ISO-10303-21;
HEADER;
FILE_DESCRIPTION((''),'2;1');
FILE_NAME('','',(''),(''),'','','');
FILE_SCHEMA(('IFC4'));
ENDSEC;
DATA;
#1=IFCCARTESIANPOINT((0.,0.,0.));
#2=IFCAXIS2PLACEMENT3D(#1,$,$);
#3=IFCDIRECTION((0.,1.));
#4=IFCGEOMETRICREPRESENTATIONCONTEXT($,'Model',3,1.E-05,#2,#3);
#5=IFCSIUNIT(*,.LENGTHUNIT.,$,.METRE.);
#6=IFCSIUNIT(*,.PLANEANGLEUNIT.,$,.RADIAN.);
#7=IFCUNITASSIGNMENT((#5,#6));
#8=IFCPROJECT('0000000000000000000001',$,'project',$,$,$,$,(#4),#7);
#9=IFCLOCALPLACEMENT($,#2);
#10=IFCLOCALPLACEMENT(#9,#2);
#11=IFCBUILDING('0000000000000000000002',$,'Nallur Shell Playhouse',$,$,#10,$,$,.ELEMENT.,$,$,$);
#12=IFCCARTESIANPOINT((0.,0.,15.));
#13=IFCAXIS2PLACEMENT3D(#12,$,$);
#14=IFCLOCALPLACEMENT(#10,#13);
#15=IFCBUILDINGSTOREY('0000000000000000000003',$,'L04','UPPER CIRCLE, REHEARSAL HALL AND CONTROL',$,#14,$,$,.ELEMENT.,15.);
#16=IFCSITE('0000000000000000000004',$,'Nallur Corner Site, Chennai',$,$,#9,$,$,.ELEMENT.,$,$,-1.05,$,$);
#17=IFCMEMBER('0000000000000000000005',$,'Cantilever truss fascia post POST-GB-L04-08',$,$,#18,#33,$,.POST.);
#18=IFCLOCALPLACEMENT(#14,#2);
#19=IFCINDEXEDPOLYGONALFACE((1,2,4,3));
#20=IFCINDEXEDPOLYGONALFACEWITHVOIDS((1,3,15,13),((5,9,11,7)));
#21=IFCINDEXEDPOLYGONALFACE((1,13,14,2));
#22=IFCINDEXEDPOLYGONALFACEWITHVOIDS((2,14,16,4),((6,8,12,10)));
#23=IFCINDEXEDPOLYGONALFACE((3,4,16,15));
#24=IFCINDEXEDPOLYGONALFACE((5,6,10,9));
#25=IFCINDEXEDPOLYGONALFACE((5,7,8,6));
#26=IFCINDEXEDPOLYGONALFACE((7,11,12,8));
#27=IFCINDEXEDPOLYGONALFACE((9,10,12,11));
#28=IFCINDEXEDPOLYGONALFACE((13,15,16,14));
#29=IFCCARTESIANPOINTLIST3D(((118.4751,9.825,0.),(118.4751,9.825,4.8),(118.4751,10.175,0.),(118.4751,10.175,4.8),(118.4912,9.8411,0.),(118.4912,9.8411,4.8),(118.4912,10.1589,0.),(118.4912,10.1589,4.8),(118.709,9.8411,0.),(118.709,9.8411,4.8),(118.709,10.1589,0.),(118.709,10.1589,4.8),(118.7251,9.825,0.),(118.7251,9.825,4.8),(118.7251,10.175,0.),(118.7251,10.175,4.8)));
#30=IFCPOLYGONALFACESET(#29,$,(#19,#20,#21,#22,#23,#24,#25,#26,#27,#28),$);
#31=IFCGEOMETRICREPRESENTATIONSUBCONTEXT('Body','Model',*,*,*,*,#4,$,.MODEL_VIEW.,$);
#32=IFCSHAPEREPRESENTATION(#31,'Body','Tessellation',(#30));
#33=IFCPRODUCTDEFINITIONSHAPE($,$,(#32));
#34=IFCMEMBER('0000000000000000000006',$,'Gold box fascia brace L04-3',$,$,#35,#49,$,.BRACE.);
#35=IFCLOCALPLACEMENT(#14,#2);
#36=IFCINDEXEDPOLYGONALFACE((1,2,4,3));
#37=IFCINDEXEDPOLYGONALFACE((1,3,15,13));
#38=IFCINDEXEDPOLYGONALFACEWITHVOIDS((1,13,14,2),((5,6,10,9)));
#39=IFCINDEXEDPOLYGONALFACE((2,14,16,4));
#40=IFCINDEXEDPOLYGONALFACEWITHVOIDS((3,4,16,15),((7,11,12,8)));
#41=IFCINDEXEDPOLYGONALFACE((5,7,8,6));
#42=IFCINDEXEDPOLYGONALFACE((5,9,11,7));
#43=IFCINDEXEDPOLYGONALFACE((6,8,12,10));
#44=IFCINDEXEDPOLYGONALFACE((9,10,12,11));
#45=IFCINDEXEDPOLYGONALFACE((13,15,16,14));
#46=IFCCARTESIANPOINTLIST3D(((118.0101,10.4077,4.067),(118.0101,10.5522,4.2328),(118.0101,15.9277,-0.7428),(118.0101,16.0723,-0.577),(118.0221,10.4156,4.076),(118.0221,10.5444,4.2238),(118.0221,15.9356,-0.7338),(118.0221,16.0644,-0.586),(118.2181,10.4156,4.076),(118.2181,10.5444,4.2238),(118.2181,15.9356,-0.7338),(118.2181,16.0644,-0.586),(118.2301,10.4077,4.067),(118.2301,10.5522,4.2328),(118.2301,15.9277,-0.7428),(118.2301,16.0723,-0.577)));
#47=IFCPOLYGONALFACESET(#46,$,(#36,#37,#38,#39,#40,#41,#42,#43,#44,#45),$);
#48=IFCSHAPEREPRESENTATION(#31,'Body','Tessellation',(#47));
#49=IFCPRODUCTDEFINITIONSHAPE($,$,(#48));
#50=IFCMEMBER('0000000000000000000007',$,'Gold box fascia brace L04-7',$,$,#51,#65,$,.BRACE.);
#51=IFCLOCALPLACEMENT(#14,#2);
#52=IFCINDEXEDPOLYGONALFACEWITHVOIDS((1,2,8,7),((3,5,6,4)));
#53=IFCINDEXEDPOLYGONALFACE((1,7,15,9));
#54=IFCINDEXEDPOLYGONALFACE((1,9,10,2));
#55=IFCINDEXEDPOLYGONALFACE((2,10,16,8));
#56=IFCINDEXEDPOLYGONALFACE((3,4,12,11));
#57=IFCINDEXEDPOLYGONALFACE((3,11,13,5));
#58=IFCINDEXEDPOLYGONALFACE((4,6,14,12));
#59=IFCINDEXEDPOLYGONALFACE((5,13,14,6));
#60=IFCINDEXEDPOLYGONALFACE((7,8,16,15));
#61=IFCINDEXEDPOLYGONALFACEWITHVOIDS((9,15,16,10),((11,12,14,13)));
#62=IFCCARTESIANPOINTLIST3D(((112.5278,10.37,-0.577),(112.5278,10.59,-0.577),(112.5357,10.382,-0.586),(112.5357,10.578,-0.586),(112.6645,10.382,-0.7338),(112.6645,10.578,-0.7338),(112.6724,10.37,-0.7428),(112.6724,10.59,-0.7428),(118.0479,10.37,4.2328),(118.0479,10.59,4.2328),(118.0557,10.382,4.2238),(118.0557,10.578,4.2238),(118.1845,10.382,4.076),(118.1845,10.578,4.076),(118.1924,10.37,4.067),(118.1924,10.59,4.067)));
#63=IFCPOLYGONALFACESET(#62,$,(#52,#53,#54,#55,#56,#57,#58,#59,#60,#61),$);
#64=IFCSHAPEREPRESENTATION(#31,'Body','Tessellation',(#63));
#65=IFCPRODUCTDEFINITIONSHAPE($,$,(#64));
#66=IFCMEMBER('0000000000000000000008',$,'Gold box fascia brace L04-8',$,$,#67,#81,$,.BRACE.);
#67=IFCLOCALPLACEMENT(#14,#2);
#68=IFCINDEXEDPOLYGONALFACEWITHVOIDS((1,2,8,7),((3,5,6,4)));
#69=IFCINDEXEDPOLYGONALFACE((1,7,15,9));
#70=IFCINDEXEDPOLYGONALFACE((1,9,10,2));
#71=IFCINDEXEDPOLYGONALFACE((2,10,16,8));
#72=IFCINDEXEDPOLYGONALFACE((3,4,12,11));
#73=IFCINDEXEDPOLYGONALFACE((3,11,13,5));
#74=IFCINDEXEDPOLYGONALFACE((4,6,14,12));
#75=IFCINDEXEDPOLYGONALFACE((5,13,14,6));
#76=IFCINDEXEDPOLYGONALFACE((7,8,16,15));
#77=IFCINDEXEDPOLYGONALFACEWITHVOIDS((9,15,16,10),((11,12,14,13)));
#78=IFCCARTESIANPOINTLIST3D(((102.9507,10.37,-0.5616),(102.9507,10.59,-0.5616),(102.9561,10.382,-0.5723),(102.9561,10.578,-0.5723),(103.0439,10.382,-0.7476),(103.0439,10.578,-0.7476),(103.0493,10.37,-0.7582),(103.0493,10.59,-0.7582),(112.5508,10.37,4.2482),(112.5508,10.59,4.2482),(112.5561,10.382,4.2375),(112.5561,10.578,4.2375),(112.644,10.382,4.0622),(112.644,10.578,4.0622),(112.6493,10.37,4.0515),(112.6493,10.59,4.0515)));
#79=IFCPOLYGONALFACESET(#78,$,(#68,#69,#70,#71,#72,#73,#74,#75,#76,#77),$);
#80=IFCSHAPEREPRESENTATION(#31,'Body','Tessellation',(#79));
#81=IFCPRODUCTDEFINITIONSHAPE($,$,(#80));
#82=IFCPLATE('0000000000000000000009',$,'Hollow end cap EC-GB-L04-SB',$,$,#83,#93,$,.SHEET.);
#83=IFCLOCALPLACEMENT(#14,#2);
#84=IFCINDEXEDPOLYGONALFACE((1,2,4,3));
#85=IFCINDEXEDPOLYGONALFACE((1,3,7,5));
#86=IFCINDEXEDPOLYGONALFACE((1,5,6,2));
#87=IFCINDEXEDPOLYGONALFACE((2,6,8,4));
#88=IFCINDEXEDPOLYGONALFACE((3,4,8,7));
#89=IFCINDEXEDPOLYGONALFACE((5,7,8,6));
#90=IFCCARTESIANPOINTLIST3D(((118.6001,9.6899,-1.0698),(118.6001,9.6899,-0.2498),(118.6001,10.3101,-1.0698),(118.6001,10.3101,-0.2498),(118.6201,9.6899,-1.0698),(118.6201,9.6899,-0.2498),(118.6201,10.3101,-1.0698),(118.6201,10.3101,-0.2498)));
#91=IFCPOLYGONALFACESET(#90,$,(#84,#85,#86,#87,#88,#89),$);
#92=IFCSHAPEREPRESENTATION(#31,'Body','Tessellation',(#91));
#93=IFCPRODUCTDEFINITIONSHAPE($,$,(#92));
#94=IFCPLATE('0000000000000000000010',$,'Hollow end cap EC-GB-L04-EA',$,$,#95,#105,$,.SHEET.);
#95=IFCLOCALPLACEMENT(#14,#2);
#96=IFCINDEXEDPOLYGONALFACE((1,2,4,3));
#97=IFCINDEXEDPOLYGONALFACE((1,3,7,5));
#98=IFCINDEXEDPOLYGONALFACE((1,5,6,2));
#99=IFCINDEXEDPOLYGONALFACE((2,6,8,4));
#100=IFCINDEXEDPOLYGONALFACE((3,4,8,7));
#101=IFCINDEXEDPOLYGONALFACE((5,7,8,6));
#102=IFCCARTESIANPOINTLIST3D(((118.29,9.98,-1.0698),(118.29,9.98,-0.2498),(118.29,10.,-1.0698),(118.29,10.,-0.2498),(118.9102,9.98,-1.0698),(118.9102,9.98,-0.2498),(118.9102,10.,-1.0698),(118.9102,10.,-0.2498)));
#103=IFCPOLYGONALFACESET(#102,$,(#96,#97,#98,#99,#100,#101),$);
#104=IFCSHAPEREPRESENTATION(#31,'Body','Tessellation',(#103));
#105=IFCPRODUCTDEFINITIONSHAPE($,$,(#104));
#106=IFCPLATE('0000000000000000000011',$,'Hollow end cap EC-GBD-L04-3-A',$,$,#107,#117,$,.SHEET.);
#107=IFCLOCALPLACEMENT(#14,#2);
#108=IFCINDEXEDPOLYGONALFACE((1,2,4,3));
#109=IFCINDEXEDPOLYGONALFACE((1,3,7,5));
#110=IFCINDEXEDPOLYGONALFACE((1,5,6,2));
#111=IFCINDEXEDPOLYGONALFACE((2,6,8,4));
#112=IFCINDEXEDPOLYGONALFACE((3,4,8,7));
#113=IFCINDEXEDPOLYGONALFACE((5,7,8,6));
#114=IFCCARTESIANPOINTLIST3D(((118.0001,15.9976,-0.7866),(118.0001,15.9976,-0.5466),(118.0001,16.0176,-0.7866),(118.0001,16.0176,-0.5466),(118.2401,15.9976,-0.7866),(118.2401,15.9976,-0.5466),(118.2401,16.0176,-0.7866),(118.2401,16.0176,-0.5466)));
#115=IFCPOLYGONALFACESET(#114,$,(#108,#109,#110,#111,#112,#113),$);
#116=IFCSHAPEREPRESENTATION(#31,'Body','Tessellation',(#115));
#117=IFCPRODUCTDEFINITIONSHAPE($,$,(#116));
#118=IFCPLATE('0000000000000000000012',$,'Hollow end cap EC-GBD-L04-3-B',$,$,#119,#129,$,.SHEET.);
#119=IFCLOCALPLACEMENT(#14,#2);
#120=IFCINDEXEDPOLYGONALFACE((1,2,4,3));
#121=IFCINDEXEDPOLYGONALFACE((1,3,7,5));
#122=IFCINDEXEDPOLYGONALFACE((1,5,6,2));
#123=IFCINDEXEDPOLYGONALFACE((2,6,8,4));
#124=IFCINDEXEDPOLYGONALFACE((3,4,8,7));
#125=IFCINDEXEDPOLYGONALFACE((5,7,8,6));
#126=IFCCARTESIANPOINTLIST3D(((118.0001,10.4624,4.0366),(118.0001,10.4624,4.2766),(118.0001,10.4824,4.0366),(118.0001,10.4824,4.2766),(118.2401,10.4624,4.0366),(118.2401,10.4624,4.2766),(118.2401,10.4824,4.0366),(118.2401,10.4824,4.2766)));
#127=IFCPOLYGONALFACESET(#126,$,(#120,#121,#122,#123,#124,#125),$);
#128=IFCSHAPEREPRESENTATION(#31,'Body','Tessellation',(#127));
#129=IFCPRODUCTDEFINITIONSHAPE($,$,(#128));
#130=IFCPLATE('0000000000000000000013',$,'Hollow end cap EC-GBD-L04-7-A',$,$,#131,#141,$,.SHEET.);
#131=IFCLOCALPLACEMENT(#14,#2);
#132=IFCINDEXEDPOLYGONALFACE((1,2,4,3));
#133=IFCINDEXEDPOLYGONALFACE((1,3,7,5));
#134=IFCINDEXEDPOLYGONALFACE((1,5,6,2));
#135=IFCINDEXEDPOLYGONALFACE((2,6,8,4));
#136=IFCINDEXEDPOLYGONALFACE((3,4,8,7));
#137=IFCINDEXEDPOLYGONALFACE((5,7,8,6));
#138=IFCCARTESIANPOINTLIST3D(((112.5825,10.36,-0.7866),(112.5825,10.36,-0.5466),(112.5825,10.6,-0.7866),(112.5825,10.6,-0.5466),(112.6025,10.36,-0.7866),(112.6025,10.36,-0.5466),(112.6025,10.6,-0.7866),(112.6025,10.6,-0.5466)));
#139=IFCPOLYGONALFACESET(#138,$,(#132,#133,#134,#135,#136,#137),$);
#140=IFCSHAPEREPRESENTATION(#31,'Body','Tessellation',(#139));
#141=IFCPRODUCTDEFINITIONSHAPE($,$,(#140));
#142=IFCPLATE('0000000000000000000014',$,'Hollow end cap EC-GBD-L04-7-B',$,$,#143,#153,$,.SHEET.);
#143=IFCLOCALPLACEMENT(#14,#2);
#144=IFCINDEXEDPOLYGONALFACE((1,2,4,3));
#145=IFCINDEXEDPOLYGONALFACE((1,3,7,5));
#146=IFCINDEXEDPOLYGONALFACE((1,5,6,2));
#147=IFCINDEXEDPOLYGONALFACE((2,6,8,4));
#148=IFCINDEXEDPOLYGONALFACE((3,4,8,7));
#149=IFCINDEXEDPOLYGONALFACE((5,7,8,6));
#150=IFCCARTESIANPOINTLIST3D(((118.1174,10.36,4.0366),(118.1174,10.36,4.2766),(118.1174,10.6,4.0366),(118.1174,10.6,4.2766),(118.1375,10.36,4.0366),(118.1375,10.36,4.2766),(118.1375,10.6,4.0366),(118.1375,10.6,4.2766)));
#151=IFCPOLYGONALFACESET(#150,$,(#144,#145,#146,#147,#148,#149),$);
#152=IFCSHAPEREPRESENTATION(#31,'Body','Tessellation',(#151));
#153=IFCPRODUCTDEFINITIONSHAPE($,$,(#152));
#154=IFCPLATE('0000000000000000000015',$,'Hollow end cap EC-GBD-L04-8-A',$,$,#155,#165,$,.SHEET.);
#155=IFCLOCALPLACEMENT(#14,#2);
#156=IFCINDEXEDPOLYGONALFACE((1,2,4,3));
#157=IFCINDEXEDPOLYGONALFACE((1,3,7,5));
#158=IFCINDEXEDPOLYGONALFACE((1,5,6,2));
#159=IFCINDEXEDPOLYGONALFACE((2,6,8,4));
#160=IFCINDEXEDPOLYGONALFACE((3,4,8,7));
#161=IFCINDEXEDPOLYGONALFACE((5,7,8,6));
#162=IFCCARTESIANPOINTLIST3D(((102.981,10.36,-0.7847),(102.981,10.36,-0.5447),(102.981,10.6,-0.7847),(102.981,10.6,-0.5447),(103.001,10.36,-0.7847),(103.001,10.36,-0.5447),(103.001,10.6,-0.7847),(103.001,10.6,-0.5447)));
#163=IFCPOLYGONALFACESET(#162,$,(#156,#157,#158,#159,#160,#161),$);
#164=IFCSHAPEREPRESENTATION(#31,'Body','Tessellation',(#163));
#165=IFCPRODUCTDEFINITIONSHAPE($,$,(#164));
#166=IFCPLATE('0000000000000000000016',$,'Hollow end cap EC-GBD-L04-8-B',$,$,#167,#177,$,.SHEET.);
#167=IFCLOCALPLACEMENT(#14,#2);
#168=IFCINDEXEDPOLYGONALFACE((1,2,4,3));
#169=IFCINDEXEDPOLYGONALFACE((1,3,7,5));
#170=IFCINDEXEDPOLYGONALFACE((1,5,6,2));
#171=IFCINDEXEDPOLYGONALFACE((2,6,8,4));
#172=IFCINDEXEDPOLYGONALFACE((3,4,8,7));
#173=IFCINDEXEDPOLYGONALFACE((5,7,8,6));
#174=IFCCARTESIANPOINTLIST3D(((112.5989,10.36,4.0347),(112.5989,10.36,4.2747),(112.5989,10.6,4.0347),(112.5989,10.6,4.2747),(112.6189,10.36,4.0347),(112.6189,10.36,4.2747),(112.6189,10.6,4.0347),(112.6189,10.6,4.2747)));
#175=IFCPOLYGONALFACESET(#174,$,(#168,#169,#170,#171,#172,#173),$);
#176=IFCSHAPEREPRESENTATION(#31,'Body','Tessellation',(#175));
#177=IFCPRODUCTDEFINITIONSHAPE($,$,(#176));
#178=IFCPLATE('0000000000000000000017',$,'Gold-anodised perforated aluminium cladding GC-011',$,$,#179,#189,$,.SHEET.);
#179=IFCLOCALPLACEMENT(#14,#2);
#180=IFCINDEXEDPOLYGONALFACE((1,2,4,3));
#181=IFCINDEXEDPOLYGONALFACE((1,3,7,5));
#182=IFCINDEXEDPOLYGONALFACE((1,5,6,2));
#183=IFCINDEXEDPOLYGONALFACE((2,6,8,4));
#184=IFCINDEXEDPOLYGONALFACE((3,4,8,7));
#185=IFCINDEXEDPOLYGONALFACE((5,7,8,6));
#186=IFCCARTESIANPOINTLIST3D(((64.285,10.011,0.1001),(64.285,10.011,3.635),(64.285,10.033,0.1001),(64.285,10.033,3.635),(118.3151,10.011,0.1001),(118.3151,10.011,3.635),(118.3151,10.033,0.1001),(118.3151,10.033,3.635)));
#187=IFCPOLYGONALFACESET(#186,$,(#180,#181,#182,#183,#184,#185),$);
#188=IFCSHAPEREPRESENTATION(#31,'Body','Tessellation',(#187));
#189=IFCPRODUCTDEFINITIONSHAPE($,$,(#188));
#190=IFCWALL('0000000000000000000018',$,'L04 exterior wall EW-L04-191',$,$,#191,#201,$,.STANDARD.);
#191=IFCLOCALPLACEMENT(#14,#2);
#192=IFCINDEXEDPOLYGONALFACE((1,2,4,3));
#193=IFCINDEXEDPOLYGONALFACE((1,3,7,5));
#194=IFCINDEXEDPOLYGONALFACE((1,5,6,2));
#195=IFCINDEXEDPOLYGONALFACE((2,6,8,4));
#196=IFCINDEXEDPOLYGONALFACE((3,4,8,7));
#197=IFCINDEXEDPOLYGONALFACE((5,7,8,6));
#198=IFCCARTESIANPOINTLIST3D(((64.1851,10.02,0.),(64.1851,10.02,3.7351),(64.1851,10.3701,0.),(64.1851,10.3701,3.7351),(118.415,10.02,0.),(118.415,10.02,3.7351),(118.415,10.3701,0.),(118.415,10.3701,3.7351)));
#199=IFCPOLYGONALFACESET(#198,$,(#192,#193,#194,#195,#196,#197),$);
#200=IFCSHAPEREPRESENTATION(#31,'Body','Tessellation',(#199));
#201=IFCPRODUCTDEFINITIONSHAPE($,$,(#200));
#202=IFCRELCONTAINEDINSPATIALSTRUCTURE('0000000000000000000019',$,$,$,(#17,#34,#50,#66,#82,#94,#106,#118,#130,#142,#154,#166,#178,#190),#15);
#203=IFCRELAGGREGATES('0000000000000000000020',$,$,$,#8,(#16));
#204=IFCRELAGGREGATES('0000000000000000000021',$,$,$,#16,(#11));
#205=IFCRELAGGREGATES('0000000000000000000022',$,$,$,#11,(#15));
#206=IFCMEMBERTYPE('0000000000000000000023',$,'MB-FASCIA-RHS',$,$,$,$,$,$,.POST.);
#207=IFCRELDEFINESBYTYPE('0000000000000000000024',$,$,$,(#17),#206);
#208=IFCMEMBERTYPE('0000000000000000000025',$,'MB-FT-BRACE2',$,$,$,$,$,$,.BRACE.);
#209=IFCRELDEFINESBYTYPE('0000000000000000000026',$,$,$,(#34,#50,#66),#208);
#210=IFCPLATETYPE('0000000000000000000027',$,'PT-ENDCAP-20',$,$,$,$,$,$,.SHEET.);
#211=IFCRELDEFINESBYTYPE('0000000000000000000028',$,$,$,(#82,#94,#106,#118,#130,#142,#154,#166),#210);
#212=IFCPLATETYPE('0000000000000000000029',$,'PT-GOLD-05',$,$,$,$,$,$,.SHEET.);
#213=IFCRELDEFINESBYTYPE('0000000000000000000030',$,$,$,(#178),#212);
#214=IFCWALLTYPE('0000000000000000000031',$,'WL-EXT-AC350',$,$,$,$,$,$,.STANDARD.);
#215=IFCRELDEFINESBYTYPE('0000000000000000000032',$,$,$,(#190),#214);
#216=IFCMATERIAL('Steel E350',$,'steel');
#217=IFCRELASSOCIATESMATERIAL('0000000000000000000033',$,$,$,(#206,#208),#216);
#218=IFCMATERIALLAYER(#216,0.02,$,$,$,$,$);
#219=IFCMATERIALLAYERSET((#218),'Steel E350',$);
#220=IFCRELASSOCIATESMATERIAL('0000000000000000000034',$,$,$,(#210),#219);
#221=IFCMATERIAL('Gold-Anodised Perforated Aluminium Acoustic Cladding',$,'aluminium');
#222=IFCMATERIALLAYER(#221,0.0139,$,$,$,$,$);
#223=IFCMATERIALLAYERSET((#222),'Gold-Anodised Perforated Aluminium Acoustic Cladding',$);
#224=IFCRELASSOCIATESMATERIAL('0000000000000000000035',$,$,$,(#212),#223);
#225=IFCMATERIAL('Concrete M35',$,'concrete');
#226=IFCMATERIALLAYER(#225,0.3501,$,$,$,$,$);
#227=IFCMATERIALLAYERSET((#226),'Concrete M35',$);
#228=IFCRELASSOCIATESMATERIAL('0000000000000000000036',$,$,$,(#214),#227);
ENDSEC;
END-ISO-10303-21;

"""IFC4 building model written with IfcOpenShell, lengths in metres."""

from ifc_helpers import new_model, si_unit, direction, frame, frame_2d, origin, origin_2d, place, context, subcontext, project, spatial, rectangle, hollow_rectangle, extrude, material, layer, layer_set, material_profile, profile_set, type_object, element, save


model = new_model("IFC4")

# Units and contexts
model_context = context("Model", 3, precision=1e-05, world=origin(), true_north=direction((0.0, 1.0)))
body_context = subcontext(model_context, "Body", "Model", "MODEL_VIEW")
ifc_project = project(units=[si_unit("LENGTHUNIT", "METRE"), si_unit("PLANEANGLEUNIT", "RADIAN")], contexts=[model_context])

# Site, building, storey
site_placement = place(None, origin())
site = spatial("IfcSite", under=ifc_project, at=site_placement, Name="Nallur Corner Site, Chennai", CompositionType="ELEMENT", RefElevation=-1.05)
building_placement = place(site_placement, origin())
building = spatial("IfcBuilding", under=site, at=building_placement, Name="Nallur Shell Playhouse", CompositionType="ELEMENT")
storey_placement = place(building_placement, frame((0.0, 0.0, 15.0)))
storey = spatial("IfcBuildingStorey", under=building, at=storey_placement, Name="L04", Description="UPPER CIRCLE, REHEARSAL HALL AND CONTROL", CompositionType="ELEMENT", Elevation=15.0)

# Shared definitions
ifc_material_1 = material(Name="Concrete M35", Category="concrete")
ifc_material_2 = material(Name="Steel E350", Category="steel")

# Members
ifc_material_profile_1 = material_profile(ifc_material_2, hollow_rectangle(XDim=0.25, YDim=0.3501, WallThickness=0.0161, at=origin_2d()), Name="RHS 350x250x16")
ifc_profile_set_1 = profile_set([ifc_material_profile_1], Name="Steel E350")
member_type_1 = type_object("IfcMemberType", Name="MB-FASCIA-RHS", PredefinedType="POST", material=ifc_profile_set_1)
member_1_placement = place(storey_placement, frame((118.6001, 10.0, 0.0), z_axis=(0.0, 0.0, 1.0), x_axis=(1.0, 0.0, 0.0)))
element("IfcMember", 1, at=member_1_placement, inside=storey, type_object=member_type_1, Name="Cantilever truss fascia post POST-GB-L04-08", PredefinedType="POST", context=body_context, shape_type="SweptSolid", body=[
    extrude(hollow_rectangle(XDim=0.25, YDim=0.3501, WallThickness=0.0161, at=origin_2d()), origin(), (0.0, 0.0, 1.0), 4.8),
])
ifc_material_profile_2 = material_profile(ifc_material_2, hollow_rectangle(XDim=0.22, YDim=0.22, WallThickness=0.012, at=origin_2d()), Name="SHS 220x220x12")
ifc_profile_set_2 = profile_set([ifc_material_profile_2], Name="Steel E350")
member_type_2 = type_object("IfcMemberType", Name="MB-FT-BRACE2", PredefinedType="BRACE", material=ifc_profile_set_2)
for number, where, z_axis, x_axis, name in (
    (2, (118.1201, 16.0, -0.6599), (0.0, -0.753943, 0.65694), (1.0, 0.0, 0.0), "Gold box fascia brace L04-3"),
    (3, (112.6001, 10.48, -0.6599), (0.753943, 0.0, 0.65694), (0.0, 1.0, 0.0), "Gold box fascia brace L04-7"),
):
    element("IfcMember", number, at=place(storey_placement, frame(where, z_axis=z_axis, x_axis=x_axis)), inside=storey, type_object=member_type_2, Name=name, PredefinedType="BRACE", context=body_context, shape_type="SweptSolid", body=[
        extrude(hollow_rectangle(XDim=0.22, YDim=0.22, WallThickness=0.012, at=origin_2d()), origin(), (0.0, 0.0, 1.0), 7.3215),
    ])
member_2_placement = place(storey_placement, frame((103.0, 10.48, -0.6599), z_axis=(0.894063, 0.0, 0.447941), x_axis=(0.0, 1.0, 0.0)))
element("IfcMember", 4, at=member_2_placement, inside=storey, type_object=member_type_2, Name="Gold box fascia brace L04-8", PredefinedType="BRACE", context=body_context, shape_type="SweptSolid", body=[
    extrude(hollow_rectangle(XDim=0.22, YDim=0.22, WallThickness=0.012, at=origin_2d()), origin(), (0.0, 0.0, 1.0), 10.7375),
])

# Plates
ifc_layer_1 = layer(ifc_material_2, 0.02)
ifc_layer_set_1 = layer_set([ifc_layer_1], Name="Steel E350")
plate_type_1 = type_object("IfcPlateType", Name="PT-ENDCAP-20", PredefinedType="SHEET", material=ifc_layer_set_1)
plate_1_placement = place(storey_placement, frame((118.6101, 10.0, -1.0698), z_axis=(0.0, 0.0, 1.0), x_axis=(1.0, 0.0, 0.0)))
element("IfcPlate", 5, at=plate_1_placement, inside=storey, type_object=plate_type_1, Name="Hollow end cap EC-GB-L04-SB", PredefinedType="SHEET", context=body_context, shape_type="SweptSolid", body=[
    extrude(rectangle(XDim=0.02, YDim=0.6201, at=origin_2d()), origin(), (0.0, 0.0, 1.0), 0.8201),
])
plate_2_placement = place(storey_placement, frame((118.6001, 9.99, -1.0698), z_axis=(0.0, 0.0, 1.0), x_axis=(1.0, 0.0, 0.0)))
element("IfcPlate", 6, at=plate_2_placement, inside=storey, type_object=plate_type_1, Name="Hollow end cap EC-GB-L04-EA", PredefinedType="SHEET", context=body_context, shape_type="SweptSolid", body=[
    extrude(rectangle(XDim=0.6201, YDim=0.02, at=origin_2d()), origin(), (0.0, 0.0, 1.0), 0.8201),
])
for number, where, z_axis, x_axis, name in (
    (7, (118.1201, 16.0076, -0.7866), (0.0, 0.0, 1.0), (1.0, 0.0, 0.0), "Hollow end cap EC-GBD-L04-3-A"),
    (8, (118.1201, 10.4724, 4.0366), (0.0, 0.0, 1.0), (1.0, 0.0, 0.0), "Hollow end cap EC-GBD-L04-3-B"),
):
    element("IfcPlate", number, at=place(storey_placement, frame(where, z_axis=z_axis, x_axis=x_axis)), inside=storey, type_object=plate_type_1, Name=name, PredefinedType="SHEET", context=body_context, shape_type="SweptSolid", body=[
        extrude(rectangle(XDim=0.24, YDim=0.02, at=origin_2d()), origin(), (0.0, 0.0, 1.0), 0.24),
    ])
for number, where, z_axis, x_axis, name in (
    (9, (112.5925, 10.48, -0.7866), (0.0, 0.0, 1.0), (1.0, 0.0, 0.0), "Hollow end cap EC-GBD-L04-7-A"),
    (10, (118.1274, 10.48, 4.0366), (0.0, 0.0, 1.0), (1.0, 0.0, 0.0), "Hollow end cap EC-GBD-L04-7-B"),
    (11, (102.991, 10.48, -0.7847), (0.0, 0.0, 1.0), (1.0, 0.0, 0.0), "Hollow end cap EC-GBD-L04-8-A"),
    (12, (112.6089, 10.48, 4.0347), (0.0, 0.0, 1.0), (1.0, 0.0, 0.0), "Hollow end cap EC-GBD-L04-8-B"),
):
    element("IfcPlate", number, at=place(storey_placement, frame(where, z_axis=z_axis, x_axis=x_axis)), inside=storey, type_object=plate_type_1, Name=name, PredefinedType="SHEET", context=body_context, shape_type="SweptSolid", body=[
        extrude(rectangle(XDim=0.02, YDim=0.24, at=origin_2d()), origin(), (0.0, 0.0, 1.0), 0.24),
    ])
ifc_material_3 = material(Name="Gold-Anodised Perforated Aluminium Acoustic Cladding", Category="aluminium")
ifc_layer_2 = layer(ifc_material_3, 0.0139)
ifc_layer_set_2 = layer_set([ifc_layer_2], Name="Gold-Anodised Perforated Aluminium Acoustic Cladding")
plate_type_2 = type_object("IfcPlateType", Name="PT-GOLD-05", PredefinedType="SHEET", material=ifc_layer_set_2)
plate_3_placement = place(storey_placement, frame((91.3, 10.022, 0.1001), z_axis=(0.0, 0.0, 1.0), x_axis=(-1.0, 0.0, 0.0)))
element("IfcPlate", 13, at=plate_3_placement, inside=storey, type_object=plate_type_2, Name="Gold-anodised perforated aluminium cladding GC-011", PredefinedType="SHEET", context=body_context, shape_type="SweptSolid", body=[
    extrude(rectangle(XDim=54.03, YDim=0.022, at=origin_2d()), origin(), (0.0, 0.0, 1.0), 3.5349),
])

# Wall
ifc_layer_3 = layer(ifc_material_1, 0.3501)
ifc_layer_set_3 = layer_set([ifc_layer_3], Name="Concrete M35")
wall_type_1 = type_object("IfcWallType", Name="WL-EXT-AC350", PredefinedType="STANDARD", material=ifc_layer_set_3)
wall_1_placement = place(storey_placement, frame((118.415, 10.1951, 0.0), z_axis=(0.0, 0.0, 1.0), x_axis=(-1.0, 0.0, 0.0)))
element("IfcWall", 14, at=wall_1_placement, inside=storey, type_object=wall_type_1, Name="L04 exterior wall EW-L04-191", PredefinedType="STANDARD", context=body_context, shape_type="SweptSolid", body=[
    extrude(rectangle(XDim=54.23, YDim=0.3501, at=frame_2d((27.115, 0.0))), origin(), (0.0, 0.0, 1.0), 3.7351),
])

save(model, "model.ifc")
